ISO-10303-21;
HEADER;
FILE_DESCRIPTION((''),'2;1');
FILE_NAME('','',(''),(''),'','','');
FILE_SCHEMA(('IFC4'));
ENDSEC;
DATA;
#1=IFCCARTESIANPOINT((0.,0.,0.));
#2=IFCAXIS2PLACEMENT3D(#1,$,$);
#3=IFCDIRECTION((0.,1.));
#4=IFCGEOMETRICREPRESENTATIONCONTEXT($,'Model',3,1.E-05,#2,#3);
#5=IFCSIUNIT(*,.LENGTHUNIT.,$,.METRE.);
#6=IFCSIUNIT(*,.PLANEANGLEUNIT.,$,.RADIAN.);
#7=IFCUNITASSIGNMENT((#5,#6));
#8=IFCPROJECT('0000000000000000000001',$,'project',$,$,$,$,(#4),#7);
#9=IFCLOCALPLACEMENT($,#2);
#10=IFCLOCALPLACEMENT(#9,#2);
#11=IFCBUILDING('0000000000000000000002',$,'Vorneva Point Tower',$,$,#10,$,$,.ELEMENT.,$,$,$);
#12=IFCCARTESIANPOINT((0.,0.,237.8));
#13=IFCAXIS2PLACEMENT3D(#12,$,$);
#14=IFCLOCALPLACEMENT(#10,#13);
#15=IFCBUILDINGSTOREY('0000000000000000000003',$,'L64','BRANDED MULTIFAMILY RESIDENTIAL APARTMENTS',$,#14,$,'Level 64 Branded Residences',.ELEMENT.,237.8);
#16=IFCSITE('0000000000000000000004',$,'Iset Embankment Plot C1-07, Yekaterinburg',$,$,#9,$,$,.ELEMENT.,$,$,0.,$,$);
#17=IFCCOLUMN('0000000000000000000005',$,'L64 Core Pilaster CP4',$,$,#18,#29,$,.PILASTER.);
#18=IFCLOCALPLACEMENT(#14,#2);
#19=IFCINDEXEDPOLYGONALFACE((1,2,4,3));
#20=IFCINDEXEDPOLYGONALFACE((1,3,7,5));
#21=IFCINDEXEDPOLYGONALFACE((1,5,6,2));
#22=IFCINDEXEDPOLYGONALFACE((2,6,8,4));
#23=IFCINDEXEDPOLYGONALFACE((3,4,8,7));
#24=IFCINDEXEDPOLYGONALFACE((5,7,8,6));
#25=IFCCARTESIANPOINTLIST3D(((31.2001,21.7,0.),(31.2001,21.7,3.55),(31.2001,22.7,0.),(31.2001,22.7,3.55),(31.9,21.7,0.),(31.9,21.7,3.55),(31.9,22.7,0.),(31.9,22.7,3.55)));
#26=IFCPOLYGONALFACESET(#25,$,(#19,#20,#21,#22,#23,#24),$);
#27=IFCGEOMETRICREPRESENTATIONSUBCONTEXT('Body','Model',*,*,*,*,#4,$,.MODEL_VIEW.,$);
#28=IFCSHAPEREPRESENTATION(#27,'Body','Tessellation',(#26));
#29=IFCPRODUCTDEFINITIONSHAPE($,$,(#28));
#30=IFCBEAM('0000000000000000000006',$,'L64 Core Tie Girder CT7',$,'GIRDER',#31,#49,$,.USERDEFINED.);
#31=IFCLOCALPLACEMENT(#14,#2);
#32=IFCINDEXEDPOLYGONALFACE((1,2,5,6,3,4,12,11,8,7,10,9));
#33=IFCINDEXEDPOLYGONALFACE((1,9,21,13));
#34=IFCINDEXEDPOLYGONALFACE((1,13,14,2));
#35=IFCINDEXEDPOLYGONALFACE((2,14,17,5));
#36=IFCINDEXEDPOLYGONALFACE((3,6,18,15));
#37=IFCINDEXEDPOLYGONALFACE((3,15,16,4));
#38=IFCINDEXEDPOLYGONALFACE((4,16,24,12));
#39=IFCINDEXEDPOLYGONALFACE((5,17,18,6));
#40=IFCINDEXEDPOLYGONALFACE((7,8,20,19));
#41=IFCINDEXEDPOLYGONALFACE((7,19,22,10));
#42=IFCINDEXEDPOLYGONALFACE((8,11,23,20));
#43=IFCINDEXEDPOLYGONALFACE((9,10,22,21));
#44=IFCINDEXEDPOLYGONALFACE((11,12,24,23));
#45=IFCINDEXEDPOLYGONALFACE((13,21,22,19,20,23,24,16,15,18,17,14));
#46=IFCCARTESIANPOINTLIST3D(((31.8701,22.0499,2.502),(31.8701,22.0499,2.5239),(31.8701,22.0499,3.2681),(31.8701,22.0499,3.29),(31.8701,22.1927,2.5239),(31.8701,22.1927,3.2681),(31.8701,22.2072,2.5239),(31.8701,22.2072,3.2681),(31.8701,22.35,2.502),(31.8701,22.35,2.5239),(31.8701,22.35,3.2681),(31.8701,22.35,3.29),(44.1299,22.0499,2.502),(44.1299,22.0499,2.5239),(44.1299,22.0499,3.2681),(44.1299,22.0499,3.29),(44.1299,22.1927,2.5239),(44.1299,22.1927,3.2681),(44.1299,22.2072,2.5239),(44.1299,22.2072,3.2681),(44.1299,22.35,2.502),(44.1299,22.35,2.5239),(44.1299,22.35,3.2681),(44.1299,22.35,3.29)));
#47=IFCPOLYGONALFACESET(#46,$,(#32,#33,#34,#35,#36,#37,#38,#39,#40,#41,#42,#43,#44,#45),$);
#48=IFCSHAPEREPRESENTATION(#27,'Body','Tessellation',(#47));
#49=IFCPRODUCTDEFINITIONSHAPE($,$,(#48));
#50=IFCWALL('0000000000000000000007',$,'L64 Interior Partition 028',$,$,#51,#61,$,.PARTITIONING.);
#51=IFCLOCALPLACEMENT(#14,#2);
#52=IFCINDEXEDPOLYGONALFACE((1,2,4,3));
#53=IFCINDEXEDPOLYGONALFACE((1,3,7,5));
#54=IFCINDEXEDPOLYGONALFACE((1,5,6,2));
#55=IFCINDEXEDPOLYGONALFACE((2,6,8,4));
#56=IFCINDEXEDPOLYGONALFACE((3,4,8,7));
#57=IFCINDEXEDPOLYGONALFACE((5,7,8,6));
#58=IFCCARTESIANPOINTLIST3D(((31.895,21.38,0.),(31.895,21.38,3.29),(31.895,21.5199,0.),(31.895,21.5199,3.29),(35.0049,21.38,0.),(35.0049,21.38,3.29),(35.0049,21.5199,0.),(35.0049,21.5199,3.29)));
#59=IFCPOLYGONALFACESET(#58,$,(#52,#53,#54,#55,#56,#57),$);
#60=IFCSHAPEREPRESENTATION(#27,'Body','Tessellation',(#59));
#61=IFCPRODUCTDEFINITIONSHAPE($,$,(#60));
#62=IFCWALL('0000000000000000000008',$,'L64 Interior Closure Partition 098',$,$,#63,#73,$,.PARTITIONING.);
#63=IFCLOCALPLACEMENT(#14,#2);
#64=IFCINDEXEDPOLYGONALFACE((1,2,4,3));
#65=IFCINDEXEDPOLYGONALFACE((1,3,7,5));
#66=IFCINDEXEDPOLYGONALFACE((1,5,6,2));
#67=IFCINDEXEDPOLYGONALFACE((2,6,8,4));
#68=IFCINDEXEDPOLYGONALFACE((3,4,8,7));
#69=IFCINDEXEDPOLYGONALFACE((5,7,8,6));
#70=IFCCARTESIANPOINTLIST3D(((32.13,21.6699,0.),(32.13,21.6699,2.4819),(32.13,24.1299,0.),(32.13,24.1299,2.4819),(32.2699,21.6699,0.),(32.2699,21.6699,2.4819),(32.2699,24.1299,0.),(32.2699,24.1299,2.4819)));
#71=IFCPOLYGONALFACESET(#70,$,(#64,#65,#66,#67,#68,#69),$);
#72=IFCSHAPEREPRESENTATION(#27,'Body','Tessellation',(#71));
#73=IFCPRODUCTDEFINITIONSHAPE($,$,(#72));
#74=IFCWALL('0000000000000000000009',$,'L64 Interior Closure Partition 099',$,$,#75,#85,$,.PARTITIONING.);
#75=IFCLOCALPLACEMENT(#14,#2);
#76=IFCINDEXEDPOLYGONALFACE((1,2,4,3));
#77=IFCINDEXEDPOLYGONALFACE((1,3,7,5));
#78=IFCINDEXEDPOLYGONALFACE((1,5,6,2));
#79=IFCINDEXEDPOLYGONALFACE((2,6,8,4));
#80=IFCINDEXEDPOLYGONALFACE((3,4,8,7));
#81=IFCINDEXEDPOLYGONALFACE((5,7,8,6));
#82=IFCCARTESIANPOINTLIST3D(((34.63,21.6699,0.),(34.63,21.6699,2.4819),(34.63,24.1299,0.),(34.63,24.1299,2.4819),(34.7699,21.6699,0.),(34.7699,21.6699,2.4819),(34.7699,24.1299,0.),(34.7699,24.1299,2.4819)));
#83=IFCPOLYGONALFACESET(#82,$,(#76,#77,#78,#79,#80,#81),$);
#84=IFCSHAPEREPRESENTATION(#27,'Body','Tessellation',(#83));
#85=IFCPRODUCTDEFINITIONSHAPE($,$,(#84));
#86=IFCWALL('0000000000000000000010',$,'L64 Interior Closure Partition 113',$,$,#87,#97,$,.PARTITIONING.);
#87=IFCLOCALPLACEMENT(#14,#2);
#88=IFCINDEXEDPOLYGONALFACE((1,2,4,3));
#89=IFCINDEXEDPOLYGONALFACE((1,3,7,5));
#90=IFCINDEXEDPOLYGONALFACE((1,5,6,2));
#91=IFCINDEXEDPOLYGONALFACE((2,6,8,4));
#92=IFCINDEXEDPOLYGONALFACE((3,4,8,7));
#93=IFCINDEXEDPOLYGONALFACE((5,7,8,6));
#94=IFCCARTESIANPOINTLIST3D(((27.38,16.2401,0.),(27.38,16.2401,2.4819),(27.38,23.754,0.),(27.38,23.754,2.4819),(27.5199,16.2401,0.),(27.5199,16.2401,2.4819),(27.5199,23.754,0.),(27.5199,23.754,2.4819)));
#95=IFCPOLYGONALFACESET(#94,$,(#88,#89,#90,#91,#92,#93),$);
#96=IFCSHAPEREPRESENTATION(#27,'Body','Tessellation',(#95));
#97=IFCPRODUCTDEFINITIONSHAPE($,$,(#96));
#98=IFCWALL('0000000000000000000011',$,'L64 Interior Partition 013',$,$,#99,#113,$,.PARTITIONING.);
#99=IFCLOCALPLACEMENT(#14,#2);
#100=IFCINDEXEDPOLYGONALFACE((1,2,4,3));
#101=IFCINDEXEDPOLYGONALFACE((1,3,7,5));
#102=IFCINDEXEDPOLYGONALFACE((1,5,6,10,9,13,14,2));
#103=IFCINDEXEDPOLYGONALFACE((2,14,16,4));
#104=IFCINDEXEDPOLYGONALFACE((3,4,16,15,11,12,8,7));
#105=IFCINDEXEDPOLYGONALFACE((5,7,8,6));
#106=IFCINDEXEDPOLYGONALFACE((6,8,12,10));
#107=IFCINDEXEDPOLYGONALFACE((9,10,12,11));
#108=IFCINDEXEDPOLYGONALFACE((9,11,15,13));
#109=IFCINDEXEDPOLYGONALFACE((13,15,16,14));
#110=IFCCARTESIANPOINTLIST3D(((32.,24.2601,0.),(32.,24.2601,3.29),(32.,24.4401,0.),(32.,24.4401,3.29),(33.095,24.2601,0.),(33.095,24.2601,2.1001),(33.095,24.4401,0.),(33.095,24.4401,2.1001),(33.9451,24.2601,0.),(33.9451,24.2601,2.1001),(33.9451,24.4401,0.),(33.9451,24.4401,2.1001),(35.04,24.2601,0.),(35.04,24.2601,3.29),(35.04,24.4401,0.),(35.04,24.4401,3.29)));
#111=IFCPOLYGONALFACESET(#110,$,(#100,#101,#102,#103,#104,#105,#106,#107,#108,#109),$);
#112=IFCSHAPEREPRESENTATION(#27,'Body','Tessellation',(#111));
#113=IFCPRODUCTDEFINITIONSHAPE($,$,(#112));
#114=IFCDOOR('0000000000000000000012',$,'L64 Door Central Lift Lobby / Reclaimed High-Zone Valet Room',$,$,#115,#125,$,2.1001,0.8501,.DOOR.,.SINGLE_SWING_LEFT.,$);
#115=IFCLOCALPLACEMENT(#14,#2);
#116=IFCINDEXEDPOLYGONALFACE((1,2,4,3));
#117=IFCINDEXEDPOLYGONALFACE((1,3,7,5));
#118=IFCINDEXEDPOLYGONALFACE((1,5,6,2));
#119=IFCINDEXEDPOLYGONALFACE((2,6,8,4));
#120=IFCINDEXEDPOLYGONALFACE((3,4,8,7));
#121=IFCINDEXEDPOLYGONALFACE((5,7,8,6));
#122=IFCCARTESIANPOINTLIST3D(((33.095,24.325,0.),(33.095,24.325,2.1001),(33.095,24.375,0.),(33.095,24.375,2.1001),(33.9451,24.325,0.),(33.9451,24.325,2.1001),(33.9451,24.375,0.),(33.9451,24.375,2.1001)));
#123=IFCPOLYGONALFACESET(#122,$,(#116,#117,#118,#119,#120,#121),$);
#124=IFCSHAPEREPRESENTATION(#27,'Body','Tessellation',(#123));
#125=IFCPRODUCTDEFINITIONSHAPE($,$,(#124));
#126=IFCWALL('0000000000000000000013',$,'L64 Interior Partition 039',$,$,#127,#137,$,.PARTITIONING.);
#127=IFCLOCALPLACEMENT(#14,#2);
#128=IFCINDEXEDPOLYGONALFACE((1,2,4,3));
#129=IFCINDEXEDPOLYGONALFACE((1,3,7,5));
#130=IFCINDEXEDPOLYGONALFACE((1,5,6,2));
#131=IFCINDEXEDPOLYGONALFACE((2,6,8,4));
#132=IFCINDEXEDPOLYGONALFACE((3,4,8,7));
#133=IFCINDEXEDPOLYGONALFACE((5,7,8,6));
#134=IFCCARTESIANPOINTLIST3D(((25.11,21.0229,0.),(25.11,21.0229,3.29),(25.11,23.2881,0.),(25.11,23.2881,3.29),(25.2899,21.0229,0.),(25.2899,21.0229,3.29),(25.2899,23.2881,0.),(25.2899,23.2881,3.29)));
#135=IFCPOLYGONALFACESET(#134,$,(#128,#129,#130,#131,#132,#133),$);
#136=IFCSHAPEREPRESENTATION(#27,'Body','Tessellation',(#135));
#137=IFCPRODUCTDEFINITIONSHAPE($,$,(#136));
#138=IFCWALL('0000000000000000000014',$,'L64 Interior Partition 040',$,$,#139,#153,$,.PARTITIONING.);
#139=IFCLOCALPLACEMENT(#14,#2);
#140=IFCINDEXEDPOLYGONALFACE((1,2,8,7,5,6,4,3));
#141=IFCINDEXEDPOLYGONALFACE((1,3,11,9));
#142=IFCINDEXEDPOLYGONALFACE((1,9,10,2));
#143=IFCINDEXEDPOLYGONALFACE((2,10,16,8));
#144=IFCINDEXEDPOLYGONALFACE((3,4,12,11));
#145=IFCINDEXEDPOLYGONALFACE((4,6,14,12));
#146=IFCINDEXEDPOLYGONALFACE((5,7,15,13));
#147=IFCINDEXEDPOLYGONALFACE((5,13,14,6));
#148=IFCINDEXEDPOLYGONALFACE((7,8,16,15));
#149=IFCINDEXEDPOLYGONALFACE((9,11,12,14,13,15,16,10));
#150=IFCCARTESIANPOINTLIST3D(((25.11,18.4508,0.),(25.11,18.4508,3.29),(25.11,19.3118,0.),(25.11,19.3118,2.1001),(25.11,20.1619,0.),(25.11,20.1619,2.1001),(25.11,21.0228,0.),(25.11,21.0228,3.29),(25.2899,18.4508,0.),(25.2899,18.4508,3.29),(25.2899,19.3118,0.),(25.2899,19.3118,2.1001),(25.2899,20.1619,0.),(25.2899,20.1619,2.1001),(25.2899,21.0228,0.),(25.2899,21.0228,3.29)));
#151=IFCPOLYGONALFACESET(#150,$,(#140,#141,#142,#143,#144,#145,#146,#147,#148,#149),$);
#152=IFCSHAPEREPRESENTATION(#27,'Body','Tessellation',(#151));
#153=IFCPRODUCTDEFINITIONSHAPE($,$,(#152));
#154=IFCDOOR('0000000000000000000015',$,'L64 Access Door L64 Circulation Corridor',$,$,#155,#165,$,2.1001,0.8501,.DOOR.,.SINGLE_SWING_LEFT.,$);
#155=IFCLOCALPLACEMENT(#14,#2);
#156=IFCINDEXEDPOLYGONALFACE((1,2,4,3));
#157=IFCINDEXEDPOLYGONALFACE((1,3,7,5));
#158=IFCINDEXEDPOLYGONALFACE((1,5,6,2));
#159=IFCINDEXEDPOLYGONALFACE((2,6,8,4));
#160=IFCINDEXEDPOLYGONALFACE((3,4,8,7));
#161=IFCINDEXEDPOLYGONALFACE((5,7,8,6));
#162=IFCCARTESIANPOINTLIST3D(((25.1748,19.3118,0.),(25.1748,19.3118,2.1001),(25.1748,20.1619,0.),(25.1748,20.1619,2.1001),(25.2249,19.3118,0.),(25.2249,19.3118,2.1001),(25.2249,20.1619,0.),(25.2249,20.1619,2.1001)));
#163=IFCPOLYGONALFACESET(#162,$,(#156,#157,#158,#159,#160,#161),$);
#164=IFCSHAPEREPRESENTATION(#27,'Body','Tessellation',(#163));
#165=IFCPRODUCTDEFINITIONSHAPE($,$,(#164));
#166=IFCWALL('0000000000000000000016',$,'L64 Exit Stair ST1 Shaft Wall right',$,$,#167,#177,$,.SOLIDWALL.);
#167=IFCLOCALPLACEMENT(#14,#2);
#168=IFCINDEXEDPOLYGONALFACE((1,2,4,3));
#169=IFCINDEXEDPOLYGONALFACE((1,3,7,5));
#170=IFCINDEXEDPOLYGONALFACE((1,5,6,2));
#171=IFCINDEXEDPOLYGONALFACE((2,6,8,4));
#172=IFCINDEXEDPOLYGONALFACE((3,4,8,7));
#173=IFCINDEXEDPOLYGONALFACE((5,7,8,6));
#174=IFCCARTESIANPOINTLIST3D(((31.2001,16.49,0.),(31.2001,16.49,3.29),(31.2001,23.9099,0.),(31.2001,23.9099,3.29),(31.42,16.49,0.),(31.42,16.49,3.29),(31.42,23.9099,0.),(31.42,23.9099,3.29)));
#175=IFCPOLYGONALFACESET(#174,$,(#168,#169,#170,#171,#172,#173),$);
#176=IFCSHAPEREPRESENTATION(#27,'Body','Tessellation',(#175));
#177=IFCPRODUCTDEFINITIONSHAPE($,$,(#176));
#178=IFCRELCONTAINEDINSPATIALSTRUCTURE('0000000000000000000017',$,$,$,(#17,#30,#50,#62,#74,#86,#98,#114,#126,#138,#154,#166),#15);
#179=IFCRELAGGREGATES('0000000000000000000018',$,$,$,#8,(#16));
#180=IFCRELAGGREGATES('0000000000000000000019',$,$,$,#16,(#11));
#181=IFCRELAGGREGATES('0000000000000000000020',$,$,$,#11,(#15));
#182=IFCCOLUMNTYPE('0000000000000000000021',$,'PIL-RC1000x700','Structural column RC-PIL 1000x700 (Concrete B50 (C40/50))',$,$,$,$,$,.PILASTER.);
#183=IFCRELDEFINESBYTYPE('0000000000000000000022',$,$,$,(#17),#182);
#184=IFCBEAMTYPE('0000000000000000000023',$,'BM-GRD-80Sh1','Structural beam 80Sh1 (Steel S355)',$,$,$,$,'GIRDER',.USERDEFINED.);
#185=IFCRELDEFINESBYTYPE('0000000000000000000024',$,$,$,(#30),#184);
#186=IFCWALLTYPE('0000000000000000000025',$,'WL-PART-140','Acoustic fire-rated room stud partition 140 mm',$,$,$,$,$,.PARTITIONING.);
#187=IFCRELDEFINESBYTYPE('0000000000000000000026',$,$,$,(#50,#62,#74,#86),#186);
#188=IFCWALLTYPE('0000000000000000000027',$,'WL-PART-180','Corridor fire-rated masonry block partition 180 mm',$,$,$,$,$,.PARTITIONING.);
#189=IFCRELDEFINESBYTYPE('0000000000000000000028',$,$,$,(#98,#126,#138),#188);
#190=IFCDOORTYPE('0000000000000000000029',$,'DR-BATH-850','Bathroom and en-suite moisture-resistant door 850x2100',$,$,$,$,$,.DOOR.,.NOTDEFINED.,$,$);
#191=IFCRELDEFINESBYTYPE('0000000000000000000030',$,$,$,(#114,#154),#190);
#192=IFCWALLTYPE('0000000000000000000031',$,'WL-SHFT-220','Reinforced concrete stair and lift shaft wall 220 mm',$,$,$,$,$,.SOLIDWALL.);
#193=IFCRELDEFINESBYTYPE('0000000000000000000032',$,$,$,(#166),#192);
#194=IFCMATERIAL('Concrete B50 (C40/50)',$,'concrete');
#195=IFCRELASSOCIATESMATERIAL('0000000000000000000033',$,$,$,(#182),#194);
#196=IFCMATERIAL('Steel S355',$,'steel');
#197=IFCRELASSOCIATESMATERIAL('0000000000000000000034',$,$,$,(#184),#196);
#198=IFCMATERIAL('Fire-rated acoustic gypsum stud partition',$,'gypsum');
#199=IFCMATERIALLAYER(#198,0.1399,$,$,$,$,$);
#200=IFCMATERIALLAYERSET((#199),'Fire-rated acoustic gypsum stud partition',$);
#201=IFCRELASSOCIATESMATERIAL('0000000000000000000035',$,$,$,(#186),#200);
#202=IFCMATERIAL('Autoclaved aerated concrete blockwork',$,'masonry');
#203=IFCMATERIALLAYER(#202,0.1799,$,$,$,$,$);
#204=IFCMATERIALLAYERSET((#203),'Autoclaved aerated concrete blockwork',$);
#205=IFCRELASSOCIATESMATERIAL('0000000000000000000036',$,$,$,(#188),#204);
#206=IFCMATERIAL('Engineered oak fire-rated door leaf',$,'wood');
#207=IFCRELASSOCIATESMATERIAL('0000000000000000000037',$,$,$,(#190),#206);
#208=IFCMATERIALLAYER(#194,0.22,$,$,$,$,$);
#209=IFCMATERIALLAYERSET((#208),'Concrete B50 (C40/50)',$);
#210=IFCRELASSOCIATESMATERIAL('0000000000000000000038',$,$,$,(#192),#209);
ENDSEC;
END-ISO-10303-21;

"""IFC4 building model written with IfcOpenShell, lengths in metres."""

from ifc_helpers import new_model, si_unit, direction, frame, frame_2d, origin, origin_2d, place, context, subcontext, project, spatial, rectangle, i_section, extrude, material, layer, layer_set, material_profile, profile_set, type_object, element, fill, save


model = new_model("IFC4")

# Units and contexts
model_context = context("Model", 3, precision=1e-05, world=origin(), true_north=direction((0.0, 1.0)))
body_context = subcontext(model_context, "Body", "Model", "MODEL_VIEW")
ifc_project = project(units=[si_unit("LENGTHUNIT", "METRE"), si_unit("PLANEANGLEUNIT", "RADIAN")], contexts=[model_context])

# Site, building, storey
site_placement = place(None, origin())
site = spatial("IfcSite", under=ifc_project, at=site_placement, Name="Iset Embankment Plot C1-07, Yekaterinburg", CompositionType="ELEMENT", RefElevation=0.0)
building_placement = place(site_placement, origin())
building = spatial("IfcBuilding", under=site, at=building_placement, Name="Vorneva Point Tower", CompositionType="ELEMENT")
storey_placement = place(building_placement, frame((0.0, 0.0, 237.8)))
storey = spatial("IfcBuildingStorey", under=building, at=storey_placement, Name="L64", Description="BRANDED MULTIFAMILY RESIDENTIAL APARTMENTS", LongName="Level 64 Branded Residences", CompositionType="ELEMENT", Elevation=237.8)

# Column
ifc_material_1 = material(Name="Concrete B50 (C40/50)", Category="concrete")
ifc_material_profile_1 = material_profile(ifc_material_1, rectangle(XDim=0.7, YDim=1.0, at=origin_2d()), Name="RC-PIL 1000x700")
ifc_profile_set_1 = profile_set([ifc_material_profile_1], Name="Concrete B50 (C40/50)")
column_type = type_object("IfcColumnType", Name="PIL-RC1000x700", Description="Structural column RC-PIL 1000x700 (Concrete B50 (C40/50))", PredefinedType="PILASTER", material=ifc_profile_set_1)
column_placement = place(storey_placement, frame((31.55, 22.2, 0.0), z_axis=(0.0, 0.0, 1.0), x_axis=(1.0, 0.0, 0.0)))
element("IfcColumn", 1, at=column_placement, inside=storey, type_object=column_type, Name="L64 Core Pilaster CP4", PredefinedType="PILASTER", context=body_context, shape_type="SweptSolid", body=[
    extrude(rectangle(XDim=0.7, YDim=1.0, at=origin_2d()), origin(), (0.0, 0.0, 1.0), 3.55),
])

# Beam
ifc_material_2 = material(Name="Steel S355", Category="steel")
ifc_material_profile_2 = material_profile(ifc_material_2, i_section(OverallWidth=0.3, OverallDepth=0.7881, WebThickness=0.0144, FlangeThickness=0.022, at=origin_2d()), Name="80Sh1")
ifc_profile_set_2 = profile_set([ifc_material_profile_2], Name="Steel S355")
beam_type = type_object("IfcBeamType", Name="BM-GRD-80Sh1", Description="Structural beam 80Sh1 (Steel S355)", ElementType="GIRDER", PredefinedType="USERDEFINED", material=ifc_profile_set_2)
beam_placement = place(storey_placement, frame((31.8701, 22.2, 2.896), z_axis=(1.0, 0.0, 0.0), x_axis=(0.0, 1.0, 0.0)))
element("IfcBeam", 2, at=beam_placement, inside=storey, type_object=beam_type, Name="L64 Core Tie Girder CT7", ObjectType="GIRDER", PredefinedType="USERDEFINED", context=body_context, shape_type="SweptSolid", body=[
    extrude(i_section(OverallWidth=0.3, OverallDepth=0.7881, WebThickness=0.0144, FlangeThickness=0.022, at=origin_2d()), origin(), (0.0, 0.0, 1.0), 12.2598),
])

# Walls
ifc_material_3 = material(Name="Fire-rated acoustic gypsum stud partition", Category="gypsum")
ifc_layer_1 = layer(ifc_material_3, 0.1399)
ifc_layer_set_1 = layer_set([ifc_layer_1], Name="Fire-rated acoustic gypsum stud partition")
wall_type_1 = type_object("IfcWallType", Name="WL-PART-140", Description="Acoustic fire-rated room stud partition 140 mm", PredefinedType="PARTITIONING", material=ifc_layer_set_1)
wall_1_placement = place(storey_placement, frame((35.0049, 21.45, 0.0), z_axis=(0.0, 0.0, 1.0), x_axis=(-1.0, 0.0, 0.0)))
element("IfcWall", 3, at=wall_1_placement, inside=storey, type_object=wall_type_1, Name="L64 Interior Partition 028", PredefinedType="PARTITIONING", context=body_context, shape_type="SweptSolid", body=[
    extrude(rectangle(XDim=3.1099, YDim=0.1399, at=frame_2d((1.5549, 0.0))), origin(), (0.0, 0.0, 1.0), 3.29),
])
for number, where, z_axis, x_axis, name in (
    (4, (32.2, 24.1299, 0.0), (0.0, 0.0, 1.0), (0.0, -1.0, 0.0), "L64 Interior Closure Partition 098"),
    (5, (34.7, 21.6699, 0.0), (0.0, 0.0, 1.0), (0.0, 1.0, 0.0), "L64 Interior Closure Partition 099"),
):
    element("IfcWall", number, at=place(storey_placement, frame(where, z_axis=z_axis, x_axis=x_axis)), inside=storey, type_object=wall_type_1, Name=name, PredefinedType="PARTITIONING", context=body_context, shape_type="SweptSolid", body=[
        extrude(rectangle(XDim=2.46, YDim=0.1399, at=frame_2d((1.23, 0.0))), origin(), (0.0, 0.0, 1.0), 2.4819),
    ])
wall_2_placement = place(storey_placement, frame((27.45, 23.7539, 0.0), z_axis=(0.0, 0.0, 1.0), x_axis=(0.0, -1.0, 0.0)))
element("IfcWall", 6, at=wall_2_placement, inside=storey, type_object=wall_type_1, Name="L64 Interior Closure Partition 113", PredefinedType="PARTITIONING", context=body_context, shape_type="SweptSolid", body=[
    extrude(rectangle(XDim=7.5139, YDim=0.1399, at=frame_2d((3.7568, 0.0))), origin(), (0.0, 0.0, 1.0), 2.4819),
])

# Wall, opening, door
ifc_material_4 = material(Name="Autoclaved aerated concrete blockwork", Category="masonry")
ifc_layer_2 = layer(ifc_material_4, 0.1799)
ifc_layer_set_2 = layer_set([ifc_layer_2], Name="Autoclaved aerated concrete blockwork")
wall_type_2 = type_object("IfcWallType", Name="WL-PART-180", Description="Corridor fire-rated masonry block partition 180 mm", PredefinedType="PARTITIONING", material=ifc_layer_set_2)
wall_3_placement = place(storey_placement, frame((32.0, 24.3501, 0.0), z_axis=(0.0, 0.0, 1.0), x_axis=(1.0, 0.0, 0.0)))
wall_3 = element("IfcWall", 7, at=wall_3_placement, inside=storey, type_object=wall_type_2, Name="L64 Interior Partition 013", PredefinedType="PARTITIONING", context=body_context, shape_type="SweptSolid", body=[
    extrude(rectangle(XDim=3.04, YDim=0.1799, at=frame_2d((1.52, 0.0))), origin(), (0.0, 0.0, 1.0), 3.29),
])
opening_1_placement = place(wall_3_placement, frame((1.095, 0.0, 0.0)))
opening_1 = element("IfcOpeningElement", 8, at=opening_1_placement, cuts=wall_3, PredefinedType="OPENING", context=body_context, shape_type="SweptSolid", body=[
    extrude(rectangle(XDim=0.8501, YDim=2.1001, at=frame_2d((0.425, 1.05))), frame((0.0, 0.105, 0.0), z_axis=(0.0, -1.0, 0.0), x_axis=(1.0, 0.0, 0.0)), (0.0, 0.0, 1.0), 0.2097),
])
ifc_material_5 = material(Name="Engineered oak fire-rated door leaf", Category="wood")
door_type_1 = type_object("IfcDoorType", Name="DR-BATH-850", Description="Bathroom and en-suite moisture-resistant door 850x2100", OperationType="NOTDEFINED", PredefinedType="DOOR", material=ifc_material_5)
door_1_placement = place(opening_1_placement, origin())
door_1 = element("IfcDoor", 9, at=door_1_placement, inside=storey, type_object=door_type_1, Name="L64 Door Central Lift Lobby / Reclaimed High-Zone Valet Room", OperationType="SINGLE_SWING_LEFT", OverallHeight=2.1001, OverallWidth=0.8501, PredefinedType="DOOR", context=body_context, shape_type="SweptSolid", body=[
    extrude(rectangle(XDim=0.8501, YDim=2.1001, at=frame_2d((0.425, 1.05))), frame((0.0, 0.0249, 0.0), z_axis=(0.0, -1.0, 0.0), x_axis=(1.0, 0.0, 0.0)), (0.0, 0.0, 1.0), 0.05),
])
fill(opening_1, door_1)

# Wall
wall_4_placement = place(storey_placement, frame((25.2, 23.2881, 0.0), z_axis=(0.0, 0.0, 1.0), x_axis=(0.0, -1.0, 0.0)))
element("IfcWall", 10, at=wall_4_placement, inside=storey, type_object=wall_type_2, Name="L64 Interior Partition 039", PredefinedType="PARTITIONING", context=body_context, shape_type="SweptSolid", body=[
    extrude(rectangle(XDim=2.2651, YDim=0.1799, at=frame_2d((1.1326, 0.0))), origin(), (0.0, 0.0, 1.0), 3.29),
])

# Wall, opening, door
wall_5_placement = place(storey_placement, frame((25.2, 21.0229, 0.0), z_axis=(0.0, 0.0, 1.0), x_axis=(0.0, -1.0, 0.0)))
wall_5 = element("IfcWall", 11, at=wall_5_placement, inside=storey, type_object=wall_type_2, Name="L64 Interior Partition 040", PredefinedType="PARTITIONING", context=body_context, shape_type="SweptSolid", body=[
    extrude(rectangle(XDim=2.572, YDim=0.1799, at=frame_2d((1.2861, 0.0))), origin(), (0.0, 0.0, 1.0), 3.29),
])
opening_2_placement = place(wall_5_placement, frame((0.8611, 0.0, 0.0)))
opening_2 = element("IfcOpeningElement", 12, at=opening_2_placement, cuts=wall_5, PredefinedType="OPENING", context=body_context, shape_type="SweptSolid", body=[
    extrude(rectangle(XDim=0.8501, YDim=2.1001, at=frame_2d((0.425, 1.05))), frame((0.0, 0.105, 0.0), z_axis=(0.0, -1.0, 0.0), x_axis=(1.0, 0.0, 0.0)), (0.0, 0.0, 1.0), 0.2097),
])
door_2_placement = place(opening_2_placement, origin())
door_2 = element("IfcDoor", 13, at=door_2_placement, inside=storey, type_object=door_type_1, Name="L64 Access Door L64 Circulation Corridor", OperationType="SINGLE_SWING_LEFT", OverallHeight=2.1001, OverallWidth=0.8501, PredefinedType="DOOR", context=body_context, shape_type="SweptSolid", body=[
    extrude(rectangle(XDim=0.8501, YDim=2.1001, at=frame_2d((0.425, 1.05))), frame((0.0, 0.0249, 0.0), z_axis=(0.0, -1.0, 0.0), x_axis=(1.0, 0.0, 0.0)), (0.0, 0.0, 1.0), 0.05),
])
fill(opening_2, door_2)
ifc_layer_3 = layer(ifc_material_1, 0.22)
ifc_layer_set_3 = layer_set([ifc_layer_3], Name="Concrete B50 (C40/50)")
wall_type_3 = type_object("IfcWallType", Name="WL-SHFT-220", Description="Reinforced concrete stair and lift shaft wall 220 mm", PredefinedType="SOLIDWALL", material=ifc_layer_set_3)

# Wall
wall_6_placement = place(storey_placement, frame((31.3101, 23.9099, 0.0), z_axis=(0.0, 0.0, 1.0), x_axis=(0.0, -1.0, 0.0)))
element("IfcWall", 14, at=wall_6_placement, inside=storey, type_object=wall_type_3, Name="L64 Exit Stair ST1 Shaft Wall right", PredefinedType="SOLIDWALL", context=body_context, shape_type="SweptSolid", body=[
    extrude(rectangle(XDim=7.4199, YDim=0.22, at=frame_2d((3.71, 0.0))), origin(), (0.0, 0.0, 1.0), 3.29),
])

save(model, "model.ifc")
